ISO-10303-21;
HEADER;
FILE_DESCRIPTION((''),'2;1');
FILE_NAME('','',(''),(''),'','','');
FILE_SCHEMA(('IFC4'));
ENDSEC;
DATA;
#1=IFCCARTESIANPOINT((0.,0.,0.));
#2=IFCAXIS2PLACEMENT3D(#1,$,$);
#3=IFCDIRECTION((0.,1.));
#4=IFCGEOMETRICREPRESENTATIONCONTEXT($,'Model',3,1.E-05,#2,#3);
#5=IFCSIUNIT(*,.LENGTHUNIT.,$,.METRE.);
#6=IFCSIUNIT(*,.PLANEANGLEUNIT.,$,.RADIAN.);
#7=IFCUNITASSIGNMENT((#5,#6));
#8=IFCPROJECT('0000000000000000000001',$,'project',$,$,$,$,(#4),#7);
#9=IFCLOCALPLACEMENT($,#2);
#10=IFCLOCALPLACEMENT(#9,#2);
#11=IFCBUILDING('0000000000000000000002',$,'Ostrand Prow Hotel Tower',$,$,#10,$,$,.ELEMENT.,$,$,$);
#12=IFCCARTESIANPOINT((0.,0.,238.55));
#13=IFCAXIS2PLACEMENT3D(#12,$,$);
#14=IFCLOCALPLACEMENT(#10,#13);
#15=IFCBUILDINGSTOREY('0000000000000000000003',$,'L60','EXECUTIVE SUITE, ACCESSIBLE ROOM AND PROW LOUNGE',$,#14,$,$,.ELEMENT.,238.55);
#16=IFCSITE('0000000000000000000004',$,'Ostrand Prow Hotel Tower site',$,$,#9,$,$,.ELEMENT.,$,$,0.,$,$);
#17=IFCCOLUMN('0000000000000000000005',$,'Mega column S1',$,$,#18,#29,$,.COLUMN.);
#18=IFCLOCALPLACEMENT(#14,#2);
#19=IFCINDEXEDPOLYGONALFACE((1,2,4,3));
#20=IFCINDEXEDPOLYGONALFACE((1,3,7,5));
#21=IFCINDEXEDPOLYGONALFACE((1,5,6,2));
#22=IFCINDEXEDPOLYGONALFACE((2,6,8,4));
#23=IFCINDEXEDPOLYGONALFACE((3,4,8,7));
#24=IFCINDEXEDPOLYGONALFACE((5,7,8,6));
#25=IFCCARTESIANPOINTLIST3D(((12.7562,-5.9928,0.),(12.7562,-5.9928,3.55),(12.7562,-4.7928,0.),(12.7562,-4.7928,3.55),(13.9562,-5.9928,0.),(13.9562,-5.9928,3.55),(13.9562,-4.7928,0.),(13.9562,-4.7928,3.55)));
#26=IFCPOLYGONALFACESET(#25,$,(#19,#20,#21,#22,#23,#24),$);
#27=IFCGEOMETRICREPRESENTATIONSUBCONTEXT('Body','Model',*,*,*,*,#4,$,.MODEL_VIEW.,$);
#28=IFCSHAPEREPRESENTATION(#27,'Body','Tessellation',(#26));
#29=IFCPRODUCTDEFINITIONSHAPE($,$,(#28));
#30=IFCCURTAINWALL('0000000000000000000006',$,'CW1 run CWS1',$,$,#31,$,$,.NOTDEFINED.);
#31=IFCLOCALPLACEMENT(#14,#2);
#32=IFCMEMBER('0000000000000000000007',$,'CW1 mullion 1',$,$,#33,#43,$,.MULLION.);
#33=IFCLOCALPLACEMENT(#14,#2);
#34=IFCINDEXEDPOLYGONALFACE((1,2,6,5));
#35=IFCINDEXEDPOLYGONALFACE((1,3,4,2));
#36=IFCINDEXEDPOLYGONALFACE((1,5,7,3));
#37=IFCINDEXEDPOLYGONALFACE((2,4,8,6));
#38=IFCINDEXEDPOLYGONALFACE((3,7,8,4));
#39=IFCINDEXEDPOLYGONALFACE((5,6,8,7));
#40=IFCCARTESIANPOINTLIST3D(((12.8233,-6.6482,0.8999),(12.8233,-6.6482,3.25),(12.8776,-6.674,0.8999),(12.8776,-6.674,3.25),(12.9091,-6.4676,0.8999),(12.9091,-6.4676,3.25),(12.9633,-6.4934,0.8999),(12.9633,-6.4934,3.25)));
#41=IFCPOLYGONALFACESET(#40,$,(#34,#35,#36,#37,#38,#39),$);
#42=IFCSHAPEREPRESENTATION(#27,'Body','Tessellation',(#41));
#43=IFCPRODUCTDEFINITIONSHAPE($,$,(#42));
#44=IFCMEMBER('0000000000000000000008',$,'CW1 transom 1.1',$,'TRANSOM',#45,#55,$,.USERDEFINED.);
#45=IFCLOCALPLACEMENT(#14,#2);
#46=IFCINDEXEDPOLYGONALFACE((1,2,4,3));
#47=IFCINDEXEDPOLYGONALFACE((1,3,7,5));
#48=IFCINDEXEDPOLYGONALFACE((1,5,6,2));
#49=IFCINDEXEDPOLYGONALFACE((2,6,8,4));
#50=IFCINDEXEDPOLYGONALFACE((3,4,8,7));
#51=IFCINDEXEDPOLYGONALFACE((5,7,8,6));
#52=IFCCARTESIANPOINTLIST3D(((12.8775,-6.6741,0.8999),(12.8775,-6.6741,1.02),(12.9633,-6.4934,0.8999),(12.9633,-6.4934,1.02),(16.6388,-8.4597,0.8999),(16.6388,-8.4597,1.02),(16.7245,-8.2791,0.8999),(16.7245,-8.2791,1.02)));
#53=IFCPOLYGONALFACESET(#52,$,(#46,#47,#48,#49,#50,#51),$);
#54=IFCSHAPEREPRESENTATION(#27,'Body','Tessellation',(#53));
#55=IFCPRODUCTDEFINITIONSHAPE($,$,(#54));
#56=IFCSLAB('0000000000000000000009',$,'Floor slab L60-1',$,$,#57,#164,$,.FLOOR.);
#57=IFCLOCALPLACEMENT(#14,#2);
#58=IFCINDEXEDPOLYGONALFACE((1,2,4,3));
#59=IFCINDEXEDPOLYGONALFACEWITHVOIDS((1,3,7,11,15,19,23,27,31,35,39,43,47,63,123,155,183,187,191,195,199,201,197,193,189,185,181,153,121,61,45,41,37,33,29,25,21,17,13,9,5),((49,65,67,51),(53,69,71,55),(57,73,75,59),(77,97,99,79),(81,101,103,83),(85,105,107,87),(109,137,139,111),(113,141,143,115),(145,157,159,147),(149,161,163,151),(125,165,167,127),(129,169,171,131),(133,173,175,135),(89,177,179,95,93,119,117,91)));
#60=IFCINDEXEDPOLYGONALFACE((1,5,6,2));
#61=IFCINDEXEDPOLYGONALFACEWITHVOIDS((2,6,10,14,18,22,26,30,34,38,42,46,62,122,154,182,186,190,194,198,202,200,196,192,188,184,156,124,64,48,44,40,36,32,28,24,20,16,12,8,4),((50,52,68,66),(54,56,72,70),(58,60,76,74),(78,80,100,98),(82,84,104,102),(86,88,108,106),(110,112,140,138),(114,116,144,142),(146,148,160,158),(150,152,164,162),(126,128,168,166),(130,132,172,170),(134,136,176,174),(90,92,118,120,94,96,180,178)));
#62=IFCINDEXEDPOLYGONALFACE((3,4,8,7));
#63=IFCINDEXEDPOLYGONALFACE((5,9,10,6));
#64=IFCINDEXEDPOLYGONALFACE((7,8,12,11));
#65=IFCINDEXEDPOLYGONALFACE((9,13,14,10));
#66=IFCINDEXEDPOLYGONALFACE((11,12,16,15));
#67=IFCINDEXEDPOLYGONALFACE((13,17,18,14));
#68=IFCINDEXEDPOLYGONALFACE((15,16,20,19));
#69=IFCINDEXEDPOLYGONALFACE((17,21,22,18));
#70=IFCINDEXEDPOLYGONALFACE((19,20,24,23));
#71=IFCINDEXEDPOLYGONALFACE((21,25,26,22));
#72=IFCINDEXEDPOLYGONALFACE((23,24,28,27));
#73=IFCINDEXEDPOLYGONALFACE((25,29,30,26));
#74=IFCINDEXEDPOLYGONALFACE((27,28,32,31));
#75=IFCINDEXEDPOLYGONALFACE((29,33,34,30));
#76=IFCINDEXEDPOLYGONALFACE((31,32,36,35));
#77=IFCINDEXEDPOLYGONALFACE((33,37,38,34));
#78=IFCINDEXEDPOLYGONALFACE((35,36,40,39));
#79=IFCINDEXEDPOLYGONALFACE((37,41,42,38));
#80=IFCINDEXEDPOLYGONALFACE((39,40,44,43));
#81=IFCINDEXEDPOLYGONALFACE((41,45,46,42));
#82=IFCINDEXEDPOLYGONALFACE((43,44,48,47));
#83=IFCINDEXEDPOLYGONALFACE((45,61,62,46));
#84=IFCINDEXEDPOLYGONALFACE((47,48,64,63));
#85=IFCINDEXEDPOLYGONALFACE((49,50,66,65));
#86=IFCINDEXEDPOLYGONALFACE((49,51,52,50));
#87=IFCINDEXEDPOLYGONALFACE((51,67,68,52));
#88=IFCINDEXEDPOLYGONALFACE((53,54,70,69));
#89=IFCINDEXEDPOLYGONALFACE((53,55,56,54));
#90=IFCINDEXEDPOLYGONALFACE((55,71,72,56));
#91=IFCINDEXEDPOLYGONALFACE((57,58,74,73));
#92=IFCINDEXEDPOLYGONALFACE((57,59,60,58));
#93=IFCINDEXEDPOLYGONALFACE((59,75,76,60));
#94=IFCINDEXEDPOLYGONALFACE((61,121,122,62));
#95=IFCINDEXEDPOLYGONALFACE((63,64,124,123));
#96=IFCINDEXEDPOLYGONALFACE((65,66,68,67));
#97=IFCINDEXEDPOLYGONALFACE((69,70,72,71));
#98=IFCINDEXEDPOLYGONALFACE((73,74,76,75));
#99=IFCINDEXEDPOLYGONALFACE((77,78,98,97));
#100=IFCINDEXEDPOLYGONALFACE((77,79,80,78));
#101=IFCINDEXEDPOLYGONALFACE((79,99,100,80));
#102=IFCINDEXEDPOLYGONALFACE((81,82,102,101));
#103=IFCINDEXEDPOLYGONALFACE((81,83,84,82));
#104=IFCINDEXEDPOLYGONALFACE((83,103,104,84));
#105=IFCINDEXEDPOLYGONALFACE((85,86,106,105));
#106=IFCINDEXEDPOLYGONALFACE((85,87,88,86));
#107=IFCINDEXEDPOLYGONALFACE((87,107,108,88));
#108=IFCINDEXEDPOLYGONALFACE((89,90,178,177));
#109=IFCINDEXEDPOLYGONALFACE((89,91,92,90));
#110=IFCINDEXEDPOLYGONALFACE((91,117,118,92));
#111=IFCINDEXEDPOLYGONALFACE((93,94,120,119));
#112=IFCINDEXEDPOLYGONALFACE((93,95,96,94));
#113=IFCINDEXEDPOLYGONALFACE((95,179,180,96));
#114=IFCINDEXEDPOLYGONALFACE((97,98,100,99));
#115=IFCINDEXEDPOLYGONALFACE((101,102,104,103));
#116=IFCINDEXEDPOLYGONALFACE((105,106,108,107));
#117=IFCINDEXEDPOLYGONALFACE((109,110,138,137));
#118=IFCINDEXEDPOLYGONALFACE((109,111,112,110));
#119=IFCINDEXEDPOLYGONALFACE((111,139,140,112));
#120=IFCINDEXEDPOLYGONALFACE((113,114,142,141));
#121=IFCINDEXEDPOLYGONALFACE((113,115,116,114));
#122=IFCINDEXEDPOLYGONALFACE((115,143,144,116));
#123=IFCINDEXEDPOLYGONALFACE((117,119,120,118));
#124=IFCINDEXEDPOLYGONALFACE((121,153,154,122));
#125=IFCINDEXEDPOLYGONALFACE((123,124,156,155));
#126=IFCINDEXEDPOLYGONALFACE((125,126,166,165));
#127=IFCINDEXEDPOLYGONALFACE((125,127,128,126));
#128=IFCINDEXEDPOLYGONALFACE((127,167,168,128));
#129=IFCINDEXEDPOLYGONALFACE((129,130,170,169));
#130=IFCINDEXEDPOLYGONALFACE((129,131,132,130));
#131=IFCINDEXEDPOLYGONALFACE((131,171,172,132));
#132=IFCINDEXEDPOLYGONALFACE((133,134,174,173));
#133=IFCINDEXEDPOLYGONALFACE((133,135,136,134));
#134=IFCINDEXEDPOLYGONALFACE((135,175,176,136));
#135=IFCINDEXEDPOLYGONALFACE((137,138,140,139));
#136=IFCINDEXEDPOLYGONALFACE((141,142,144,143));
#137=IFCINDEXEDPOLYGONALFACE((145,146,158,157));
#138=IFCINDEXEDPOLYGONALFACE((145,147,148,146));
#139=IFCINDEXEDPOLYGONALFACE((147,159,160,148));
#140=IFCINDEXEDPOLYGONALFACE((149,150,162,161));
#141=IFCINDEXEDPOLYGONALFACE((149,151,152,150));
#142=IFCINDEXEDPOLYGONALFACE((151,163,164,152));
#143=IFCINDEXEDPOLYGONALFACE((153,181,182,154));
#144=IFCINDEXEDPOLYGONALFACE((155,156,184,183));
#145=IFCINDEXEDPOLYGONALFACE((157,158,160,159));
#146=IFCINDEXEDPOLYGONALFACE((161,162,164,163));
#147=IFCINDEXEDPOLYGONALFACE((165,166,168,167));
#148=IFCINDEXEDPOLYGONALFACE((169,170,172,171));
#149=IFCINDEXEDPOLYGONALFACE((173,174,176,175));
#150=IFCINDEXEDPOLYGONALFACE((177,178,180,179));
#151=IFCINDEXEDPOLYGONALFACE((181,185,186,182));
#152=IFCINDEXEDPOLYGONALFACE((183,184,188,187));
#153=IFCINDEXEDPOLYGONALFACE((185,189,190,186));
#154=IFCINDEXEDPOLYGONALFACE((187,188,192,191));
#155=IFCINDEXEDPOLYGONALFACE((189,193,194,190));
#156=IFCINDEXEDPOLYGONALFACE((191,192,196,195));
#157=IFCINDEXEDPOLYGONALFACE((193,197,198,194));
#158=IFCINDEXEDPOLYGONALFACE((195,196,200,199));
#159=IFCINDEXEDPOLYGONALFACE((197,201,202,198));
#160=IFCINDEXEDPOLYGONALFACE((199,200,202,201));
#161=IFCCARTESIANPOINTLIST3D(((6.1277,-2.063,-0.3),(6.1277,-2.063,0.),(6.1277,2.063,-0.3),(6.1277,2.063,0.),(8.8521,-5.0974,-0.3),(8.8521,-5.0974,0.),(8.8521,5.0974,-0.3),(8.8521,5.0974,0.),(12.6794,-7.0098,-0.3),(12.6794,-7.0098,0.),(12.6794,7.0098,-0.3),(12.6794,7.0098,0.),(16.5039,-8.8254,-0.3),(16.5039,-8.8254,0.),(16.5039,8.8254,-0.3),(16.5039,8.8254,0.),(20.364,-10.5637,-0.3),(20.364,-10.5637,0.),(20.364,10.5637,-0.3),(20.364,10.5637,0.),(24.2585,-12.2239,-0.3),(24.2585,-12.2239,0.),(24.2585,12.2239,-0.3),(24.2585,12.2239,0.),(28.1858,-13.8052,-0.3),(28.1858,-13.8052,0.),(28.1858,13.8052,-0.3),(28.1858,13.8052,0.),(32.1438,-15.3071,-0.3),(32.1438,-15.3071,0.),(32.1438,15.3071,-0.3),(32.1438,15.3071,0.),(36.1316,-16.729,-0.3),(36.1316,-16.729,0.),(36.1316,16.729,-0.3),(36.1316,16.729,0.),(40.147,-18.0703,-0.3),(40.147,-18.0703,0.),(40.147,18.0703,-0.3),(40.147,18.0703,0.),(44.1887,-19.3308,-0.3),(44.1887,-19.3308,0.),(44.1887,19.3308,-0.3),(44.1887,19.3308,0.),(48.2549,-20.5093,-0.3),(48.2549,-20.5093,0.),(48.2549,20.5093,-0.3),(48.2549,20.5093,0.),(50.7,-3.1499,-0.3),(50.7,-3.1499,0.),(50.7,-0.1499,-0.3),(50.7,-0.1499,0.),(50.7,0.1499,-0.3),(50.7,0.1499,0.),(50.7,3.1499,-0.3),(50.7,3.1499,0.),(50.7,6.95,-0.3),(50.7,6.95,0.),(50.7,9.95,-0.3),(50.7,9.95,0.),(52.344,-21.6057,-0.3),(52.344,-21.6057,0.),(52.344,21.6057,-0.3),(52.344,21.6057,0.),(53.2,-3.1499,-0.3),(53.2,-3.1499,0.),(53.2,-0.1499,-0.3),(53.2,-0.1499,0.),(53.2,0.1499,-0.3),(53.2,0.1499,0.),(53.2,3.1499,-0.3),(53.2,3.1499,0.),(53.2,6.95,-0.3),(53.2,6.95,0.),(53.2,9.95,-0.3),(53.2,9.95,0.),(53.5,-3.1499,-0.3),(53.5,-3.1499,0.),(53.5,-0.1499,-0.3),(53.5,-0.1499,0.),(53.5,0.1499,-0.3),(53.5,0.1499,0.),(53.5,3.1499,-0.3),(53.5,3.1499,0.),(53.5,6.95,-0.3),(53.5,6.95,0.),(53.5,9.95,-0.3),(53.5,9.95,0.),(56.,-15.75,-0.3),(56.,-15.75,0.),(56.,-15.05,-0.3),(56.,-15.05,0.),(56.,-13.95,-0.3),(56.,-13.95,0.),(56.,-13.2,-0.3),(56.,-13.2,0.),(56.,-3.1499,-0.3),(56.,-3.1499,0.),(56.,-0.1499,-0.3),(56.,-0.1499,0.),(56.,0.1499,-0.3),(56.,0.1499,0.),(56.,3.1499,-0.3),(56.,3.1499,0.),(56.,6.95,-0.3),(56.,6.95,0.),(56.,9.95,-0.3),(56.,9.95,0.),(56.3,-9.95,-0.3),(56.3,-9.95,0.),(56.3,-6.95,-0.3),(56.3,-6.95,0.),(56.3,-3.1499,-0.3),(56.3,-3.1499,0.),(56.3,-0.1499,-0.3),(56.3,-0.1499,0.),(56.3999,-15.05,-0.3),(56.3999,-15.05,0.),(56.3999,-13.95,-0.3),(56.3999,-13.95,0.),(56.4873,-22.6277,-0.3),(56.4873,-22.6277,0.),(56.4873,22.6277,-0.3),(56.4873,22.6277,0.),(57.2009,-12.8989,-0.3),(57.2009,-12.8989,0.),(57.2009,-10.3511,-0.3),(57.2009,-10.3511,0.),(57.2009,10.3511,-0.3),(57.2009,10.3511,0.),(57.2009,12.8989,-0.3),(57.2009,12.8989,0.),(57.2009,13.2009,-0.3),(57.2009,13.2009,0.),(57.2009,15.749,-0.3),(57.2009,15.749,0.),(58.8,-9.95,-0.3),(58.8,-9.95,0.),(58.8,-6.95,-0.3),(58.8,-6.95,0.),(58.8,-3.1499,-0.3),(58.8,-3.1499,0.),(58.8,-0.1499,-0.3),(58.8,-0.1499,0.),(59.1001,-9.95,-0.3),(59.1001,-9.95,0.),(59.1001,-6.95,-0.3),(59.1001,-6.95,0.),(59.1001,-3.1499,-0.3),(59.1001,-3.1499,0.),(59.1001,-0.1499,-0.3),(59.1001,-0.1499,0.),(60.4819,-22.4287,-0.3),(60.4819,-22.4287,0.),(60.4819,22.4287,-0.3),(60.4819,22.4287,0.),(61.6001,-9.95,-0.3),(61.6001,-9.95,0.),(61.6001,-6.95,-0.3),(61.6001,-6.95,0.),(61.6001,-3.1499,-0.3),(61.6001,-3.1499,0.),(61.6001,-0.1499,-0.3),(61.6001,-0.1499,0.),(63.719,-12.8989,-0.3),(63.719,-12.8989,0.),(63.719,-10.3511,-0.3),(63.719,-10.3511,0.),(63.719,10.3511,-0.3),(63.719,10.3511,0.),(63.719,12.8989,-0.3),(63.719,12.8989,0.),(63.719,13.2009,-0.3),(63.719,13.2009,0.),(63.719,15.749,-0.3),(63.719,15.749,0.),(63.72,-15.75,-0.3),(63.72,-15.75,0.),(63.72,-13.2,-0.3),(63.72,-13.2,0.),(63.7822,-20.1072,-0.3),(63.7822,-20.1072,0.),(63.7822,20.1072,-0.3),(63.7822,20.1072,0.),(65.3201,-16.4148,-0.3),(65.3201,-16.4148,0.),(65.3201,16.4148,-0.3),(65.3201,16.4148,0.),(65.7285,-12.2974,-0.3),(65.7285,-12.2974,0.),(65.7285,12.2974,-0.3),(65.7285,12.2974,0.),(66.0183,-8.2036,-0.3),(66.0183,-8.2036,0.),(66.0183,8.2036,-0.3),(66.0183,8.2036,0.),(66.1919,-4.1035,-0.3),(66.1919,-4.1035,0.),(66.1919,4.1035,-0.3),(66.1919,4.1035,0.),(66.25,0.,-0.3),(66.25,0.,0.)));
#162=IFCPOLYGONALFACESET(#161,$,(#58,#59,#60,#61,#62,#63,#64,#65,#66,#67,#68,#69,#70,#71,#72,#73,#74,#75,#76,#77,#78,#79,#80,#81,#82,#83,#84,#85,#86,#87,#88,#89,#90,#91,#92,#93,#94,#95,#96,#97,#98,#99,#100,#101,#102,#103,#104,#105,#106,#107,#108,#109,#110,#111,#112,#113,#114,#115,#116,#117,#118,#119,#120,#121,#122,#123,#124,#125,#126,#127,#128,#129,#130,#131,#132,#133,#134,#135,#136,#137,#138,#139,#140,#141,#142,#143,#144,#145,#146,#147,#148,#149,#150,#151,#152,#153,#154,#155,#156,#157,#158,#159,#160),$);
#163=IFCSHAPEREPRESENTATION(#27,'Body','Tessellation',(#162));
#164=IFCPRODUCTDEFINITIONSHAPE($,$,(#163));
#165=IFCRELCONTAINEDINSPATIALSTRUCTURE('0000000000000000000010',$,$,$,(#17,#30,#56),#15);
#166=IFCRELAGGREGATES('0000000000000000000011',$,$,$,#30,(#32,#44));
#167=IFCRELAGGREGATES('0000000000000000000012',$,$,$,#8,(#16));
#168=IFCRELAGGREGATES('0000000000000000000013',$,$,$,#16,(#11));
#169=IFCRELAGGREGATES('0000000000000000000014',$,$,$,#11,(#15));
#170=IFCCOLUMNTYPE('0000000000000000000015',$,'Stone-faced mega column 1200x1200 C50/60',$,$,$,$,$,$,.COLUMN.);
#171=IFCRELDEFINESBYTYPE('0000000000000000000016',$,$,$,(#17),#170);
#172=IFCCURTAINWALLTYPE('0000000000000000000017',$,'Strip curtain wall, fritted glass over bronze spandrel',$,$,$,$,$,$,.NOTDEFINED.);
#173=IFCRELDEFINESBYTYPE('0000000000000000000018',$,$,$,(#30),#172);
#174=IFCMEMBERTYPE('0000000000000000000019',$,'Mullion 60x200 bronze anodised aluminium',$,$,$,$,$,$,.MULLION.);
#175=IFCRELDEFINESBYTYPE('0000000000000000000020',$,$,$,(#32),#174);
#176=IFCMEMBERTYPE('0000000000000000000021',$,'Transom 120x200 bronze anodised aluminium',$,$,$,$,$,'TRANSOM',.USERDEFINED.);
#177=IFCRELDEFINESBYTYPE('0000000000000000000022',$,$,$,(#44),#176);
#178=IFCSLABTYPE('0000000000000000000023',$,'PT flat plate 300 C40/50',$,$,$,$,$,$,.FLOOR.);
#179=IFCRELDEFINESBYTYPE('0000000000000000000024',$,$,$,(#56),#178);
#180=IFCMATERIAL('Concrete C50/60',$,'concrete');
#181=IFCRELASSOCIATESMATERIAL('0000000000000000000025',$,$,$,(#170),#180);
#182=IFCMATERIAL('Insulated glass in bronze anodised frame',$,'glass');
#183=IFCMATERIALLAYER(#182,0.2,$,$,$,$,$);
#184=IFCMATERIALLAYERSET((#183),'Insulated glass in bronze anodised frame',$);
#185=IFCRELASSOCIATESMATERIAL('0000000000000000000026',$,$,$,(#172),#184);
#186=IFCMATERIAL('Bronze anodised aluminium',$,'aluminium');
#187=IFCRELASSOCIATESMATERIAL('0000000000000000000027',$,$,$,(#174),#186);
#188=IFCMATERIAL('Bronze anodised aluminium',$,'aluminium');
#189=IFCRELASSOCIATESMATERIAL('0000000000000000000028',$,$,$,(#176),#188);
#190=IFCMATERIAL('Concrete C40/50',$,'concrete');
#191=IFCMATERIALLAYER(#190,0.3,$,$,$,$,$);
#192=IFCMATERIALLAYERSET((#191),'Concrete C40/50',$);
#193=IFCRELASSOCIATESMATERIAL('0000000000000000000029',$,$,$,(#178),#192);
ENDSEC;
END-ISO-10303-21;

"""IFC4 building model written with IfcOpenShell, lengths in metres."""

from ifc_helpers import new_model, si_unit, direction, frame, origin, origin_2d, place, context, subcontext, project, spatial, polyline, rectangle, outline, extrude, material, layer, layer_set, material_profile, profile_set, type_object, element, aggregate, save


model = new_model("IFC4")

# Units and contexts
model_context = context("Model", 3, precision=1e-05, world=origin(), true_north=direction((0.0, 1.0)))
body_context = subcontext(model_context, "Body", "Model", "MODEL_VIEW")
ifc_project = project(units=[si_unit("LENGTHUNIT", "METRE"), si_unit("PLANEANGLEUNIT", "RADIAN")], contexts=[model_context])

# Site, building, storey
site_placement = place(None, origin())
site = spatial("IfcSite", under=ifc_project, at=site_placement, Name="Ostrand Prow Hotel Tower site", CompositionType="ELEMENT", RefElevation=0.0)
building_placement = place(site_placement, origin())
building = spatial("IfcBuilding", under=site, at=building_placement, Name="Ostrand Prow Hotel Tower", CompositionType="ELEMENT")
storey_placement = place(building_placement, frame((0.0, 0.0, 238.55)))
storey = spatial("IfcBuildingStorey", under=building, at=storey_placement, Name="L60", Description="EXECUTIVE SUITE, ACCESSIBLE ROOM AND PROW LOUNGE", CompositionType="ELEMENT", Elevation=238.55)

# Column
ifc_material_1 = material(Name="Concrete C50/60", Category="concrete")
ifc_material_profile_1 = material_profile(ifc_material_1, rectangle(XDim=1.2, YDim=1.2, at=origin_2d()), Name="RC 1200x1200")
ifc_profile_set_1 = profile_set([ifc_material_profile_1], Name="Concrete C50/60")
column_type = type_object("IfcColumnType", Name="Stone-faced mega column 1200x1200 C50/60", PredefinedType="COLUMN", material=ifc_profile_set_1)
column_placement = place(storey_placement, frame((13.3562, -5.3928, 0.0), z_axis=(0.0, 0.0, 1.0), x_axis=(1.0, 0.0, 0.0)))
element("IfcColumn", 1, at=column_placement, inside=storey, type_object=column_type, Name="Mega column S1", PredefinedType="COLUMN", context=body_context, shape_type="SweptSolid", body=[
    extrude(rectangle(XDim=1.2, YDim=1.2, at=origin_2d()), origin(), (0.0, 0.0, 1.0), 3.55),
])

# Curtain wall, members
ifc_material_2 = material(Name="Insulated glass in bronze anodised frame", Category="glass")
ifc_layer_1 = layer(ifc_material_2, 0.2)
ifc_layer_set_1 = layer_set([ifc_layer_1], Name="Insulated glass in bronze anodised frame")
curtain_wall_type = type_object("IfcCurtainWallType", Name="Strip curtain wall, fritted glass over bronze spandrel", PredefinedType="NOTDEFINED", material=ifc_layer_set_1)
curtain_wall_placement = place(storey_placement, origin())
curtain_wall = element("IfcCurtainWall", 2, at=curtain_wall_placement, inside=storey, type_object=curtain_wall_type, Name="CW1 run CWS1", PredefinedType="NOTDEFINED")
ifc_material_3 = material(Name="Bronze anodised aluminium", Category="aluminium")
ifc_material_profile_2 = material_profile(ifc_material_3, rectangle(XDim=0.2, YDim=0.0601, at=origin_2d()), Name="Mullion 60x200 bronze anodised aluminium")
ifc_profile_set_2 = profile_set([ifc_material_profile_2], Name="Bronze anodised aluminium")
member_type_1 = type_object("IfcMemberType", Name="Mullion 60x200 bronze anodised aluminium", PredefinedType="MULLION", material=ifc_profile_set_2)
member_1_placement = place(storey_placement, frame((12.8933, -6.5708, 0.8999), z_axis=(0.0, 0.0, 1.0), x_axis=(0.428861, 0.90337, 0.0)))
member_1 = element("IfcMember", 3, at=member_1_placement, type_object=member_type_1, Name="CW1 mullion 1", PredefinedType="MULLION", context=body_context, shape_type="SweptSolid", body=[
    extrude(rectangle(XDim=0.2, YDim=0.0601, at=origin_2d()), origin(), (0.0, 0.0, 1.0), 2.3501),
])
ifc_material_4 = material(Name="Bronze anodised aluminium", Category="aluminium")
ifc_material_profile_3 = material_profile(ifc_material_4, rectangle(XDim=0.2, YDim=0.1201, at=origin_2d()), Name="Transom 120x200 bronze anodised aluminium")
ifc_profile_set_3 = profile_set([ifc_material_profile_3], Name="Bronze anodised aluminium")
member_type_2 = type_object("IfcMemberType", Name="Transom 120x200 bronze anodised aluminium", ElementType="TRANSOM", PredefinedType="USERDEFINED", material=ifc_profile_set_3)
member_2_placement = place(storey_placement, frame((12.9204, -6.5837, 0.96), z_axis=(0.903365, -0.428873, 0.0), x_axis=(0.428873, 0.903365, 0.0)))
member_2 = element("IfcMember", 4, at=member_2_placement, type_object=member_type_2, Name="CW1 transom 1.1", ObjectType="TRANSOM", PredefinedType="USERDEFINED", context=body_context, shape_type="SweptSolid", body=[
    extrude(rectangle(XDim=0.2, YDim=0.1201, at=origin_2d()), origin(), (0.0, 0.0, 1.0), 4.1636),
])
aggregate(curtain_wall, [member_1, member_2])

# Slab, opening
ifc_material_5 = material(Name="Concrete C40/50", Category="concrete")
ifc_layer_2 = layer(ifc_material_5, 0.3)
ifc_layer_set_2 = layer_set([ifc_layer_2], Name="Concrete C40/50")
slab_type = type_object("IfcSlabType", Name="PT flat plate 300 C40/50", PredefinedType="FLOOR", material=ifc_layer_set_2)
slab_placement = place(storey_placement, frame((0.0, 0.0, -0.3)))
slab = element("IfcSlab", 5, at=slab_placement, inside=storey, type_object=slab_type, Name="Floor slab L60-1", PredefinedType="FLOOR", context=body_context, shape_type="SweptSolid", body=[
    extrude(outline(polyline([(8.8521, 5.0974), (12.6794, 7.0098), (16.5039, 8.8254), (20.364, 10.5637), (24.2585, 12.2239), (28.1858, 13.8052), (32.1438, 15.3071), (36.1316, 16.729), (40.147, 18.0703), (44.1887, 19.3308), (48.2549, 20.5093), (52.344, 21.6057), (56.4873, 22.6277), (60.4819, 22.4287), (63.7822, 20.1072), (65.3201, 16.4148), (65.7285, 12.2974), (66.0183, 8.2036), (66.1919, 4.1035), (66.25, 0.0), (66.1919, -4.1035), (66.0183, -8.2036), (65.7285, -12.2974), (65.3201, -16.4148), (63.7822, -20.1072), (60.4819, -22.4287), (56.4873, -22.6277), (52.344, -21.6057), (48.2549, -20.5093), (44.1887, -19.3308), (40.147, -18.0703), (36.1316, -16.729), (32.1438, -15.3071), (28.1858, -13.8052), (24.2585, -12.2239), (20.364, -10.5637), (16.5039, -8.8254), (12.6794, -7.0098), (8.8521, -5.0974), (6.1277, -2.063), (6.1277, 2.063), (8.8521, 5.0974)]), holes=[polyline([(50.7, 6.95), (53.2, 6.95), (53.2, 9.95), (50.7, 9.95), (50.7, 6.95)]), polyline([(53.5, 6.95), (56.0, 6.95), (56.0, 9.95), (53.5, 9.95), (53.5, 6.95)]), polyline([(50.7, 0.1499), (53.2, 0.1499), (53.2, 3.1499), (50.7, 3.1499), (50.7, 0.1499)]), polyline([(53.5, 0.1499), (56.0, 0.1499), (56.0, 3.1499), (53.5, 3.1499), (53.5, 0.1499)]), polyline([(50.7, -3.1499), (53.2, -3.1499), (53.2, -0.1499), (50.7, -0.1499), (50.7, -3.1499)]), polyline([(53.5, -3.1499), (56.0, -3.1499), (56.0, -0.1499), (53.5, -0.1499), (53.5, -3.1499)]), polyline([(56.3, -3.1499), (58.8, -3.1499), (58.8, -0.1499), (56.3, -0.1499), (56.3, -3.1499)]), polyline([(59.1001, -3.1499), (61.6001, -3.1499), (61.6001, -0.1499), (59.1001, -0.1499), (59.1001, -3.1499)]), polyline([(56.3, -9.95), (58.8, -9.95), (58.8, -6.95), (56.3, -6.95), (56.3, -9.95)]), polyline([(59.1001, -9.95), (61.6001, -9.95), (61.6001, -6.95), (59.1001, -6.95), (59.1001, -9.95)]), polyline([(57.2009, 10.3511), (57.2009, 12.8989), (63.719, 12.8989), (63.719, 10.3511), (57.2009, 10.3511)]), polyline([(57.2009, 13.2009), (57.2009, 15.749), (63.719, 15.749), (63.719, 13.2009), (57.2009, 13.2009)]), polyline([(57.2009, -12.8989), (57.2009, -10.3511), (63.719, -10.3511), (63.719, -12.8989), (57.2009, -12.8989)]), polyline([(56.0, -13.95), (56.0, -13.2), (63.72, -13.2), (63.72, -15.75), (56.0, -15.75), (56.0, -15.05), (56.3999, -15.05), (56.3999, -13.95), (56.0, -13.95)])]), origin(), (0.0, 0.0, 1.0), 0.3),
])
opening_1_placement = place(slab_placement, origin())
element("IfcOpeningElement", 6, at=opening_1_placement, cuts=slab, PredefinedType="OPENING", context=body_context, shape_type="SweptSolid", body=[
    extrude(outline(polyline([(56.0, -13.95), (56.0, -13.2), (63.72, -13.2), (63.72, -15.75), (56.0, -15.75), (56.0, -15.05), (56.3999, -15.05), (56.3999, -13.95), (56.0, -13.95)])), origin(), (0.0, 0.0, 1.0), 0.3),
])

save(model, "model.ifc")
